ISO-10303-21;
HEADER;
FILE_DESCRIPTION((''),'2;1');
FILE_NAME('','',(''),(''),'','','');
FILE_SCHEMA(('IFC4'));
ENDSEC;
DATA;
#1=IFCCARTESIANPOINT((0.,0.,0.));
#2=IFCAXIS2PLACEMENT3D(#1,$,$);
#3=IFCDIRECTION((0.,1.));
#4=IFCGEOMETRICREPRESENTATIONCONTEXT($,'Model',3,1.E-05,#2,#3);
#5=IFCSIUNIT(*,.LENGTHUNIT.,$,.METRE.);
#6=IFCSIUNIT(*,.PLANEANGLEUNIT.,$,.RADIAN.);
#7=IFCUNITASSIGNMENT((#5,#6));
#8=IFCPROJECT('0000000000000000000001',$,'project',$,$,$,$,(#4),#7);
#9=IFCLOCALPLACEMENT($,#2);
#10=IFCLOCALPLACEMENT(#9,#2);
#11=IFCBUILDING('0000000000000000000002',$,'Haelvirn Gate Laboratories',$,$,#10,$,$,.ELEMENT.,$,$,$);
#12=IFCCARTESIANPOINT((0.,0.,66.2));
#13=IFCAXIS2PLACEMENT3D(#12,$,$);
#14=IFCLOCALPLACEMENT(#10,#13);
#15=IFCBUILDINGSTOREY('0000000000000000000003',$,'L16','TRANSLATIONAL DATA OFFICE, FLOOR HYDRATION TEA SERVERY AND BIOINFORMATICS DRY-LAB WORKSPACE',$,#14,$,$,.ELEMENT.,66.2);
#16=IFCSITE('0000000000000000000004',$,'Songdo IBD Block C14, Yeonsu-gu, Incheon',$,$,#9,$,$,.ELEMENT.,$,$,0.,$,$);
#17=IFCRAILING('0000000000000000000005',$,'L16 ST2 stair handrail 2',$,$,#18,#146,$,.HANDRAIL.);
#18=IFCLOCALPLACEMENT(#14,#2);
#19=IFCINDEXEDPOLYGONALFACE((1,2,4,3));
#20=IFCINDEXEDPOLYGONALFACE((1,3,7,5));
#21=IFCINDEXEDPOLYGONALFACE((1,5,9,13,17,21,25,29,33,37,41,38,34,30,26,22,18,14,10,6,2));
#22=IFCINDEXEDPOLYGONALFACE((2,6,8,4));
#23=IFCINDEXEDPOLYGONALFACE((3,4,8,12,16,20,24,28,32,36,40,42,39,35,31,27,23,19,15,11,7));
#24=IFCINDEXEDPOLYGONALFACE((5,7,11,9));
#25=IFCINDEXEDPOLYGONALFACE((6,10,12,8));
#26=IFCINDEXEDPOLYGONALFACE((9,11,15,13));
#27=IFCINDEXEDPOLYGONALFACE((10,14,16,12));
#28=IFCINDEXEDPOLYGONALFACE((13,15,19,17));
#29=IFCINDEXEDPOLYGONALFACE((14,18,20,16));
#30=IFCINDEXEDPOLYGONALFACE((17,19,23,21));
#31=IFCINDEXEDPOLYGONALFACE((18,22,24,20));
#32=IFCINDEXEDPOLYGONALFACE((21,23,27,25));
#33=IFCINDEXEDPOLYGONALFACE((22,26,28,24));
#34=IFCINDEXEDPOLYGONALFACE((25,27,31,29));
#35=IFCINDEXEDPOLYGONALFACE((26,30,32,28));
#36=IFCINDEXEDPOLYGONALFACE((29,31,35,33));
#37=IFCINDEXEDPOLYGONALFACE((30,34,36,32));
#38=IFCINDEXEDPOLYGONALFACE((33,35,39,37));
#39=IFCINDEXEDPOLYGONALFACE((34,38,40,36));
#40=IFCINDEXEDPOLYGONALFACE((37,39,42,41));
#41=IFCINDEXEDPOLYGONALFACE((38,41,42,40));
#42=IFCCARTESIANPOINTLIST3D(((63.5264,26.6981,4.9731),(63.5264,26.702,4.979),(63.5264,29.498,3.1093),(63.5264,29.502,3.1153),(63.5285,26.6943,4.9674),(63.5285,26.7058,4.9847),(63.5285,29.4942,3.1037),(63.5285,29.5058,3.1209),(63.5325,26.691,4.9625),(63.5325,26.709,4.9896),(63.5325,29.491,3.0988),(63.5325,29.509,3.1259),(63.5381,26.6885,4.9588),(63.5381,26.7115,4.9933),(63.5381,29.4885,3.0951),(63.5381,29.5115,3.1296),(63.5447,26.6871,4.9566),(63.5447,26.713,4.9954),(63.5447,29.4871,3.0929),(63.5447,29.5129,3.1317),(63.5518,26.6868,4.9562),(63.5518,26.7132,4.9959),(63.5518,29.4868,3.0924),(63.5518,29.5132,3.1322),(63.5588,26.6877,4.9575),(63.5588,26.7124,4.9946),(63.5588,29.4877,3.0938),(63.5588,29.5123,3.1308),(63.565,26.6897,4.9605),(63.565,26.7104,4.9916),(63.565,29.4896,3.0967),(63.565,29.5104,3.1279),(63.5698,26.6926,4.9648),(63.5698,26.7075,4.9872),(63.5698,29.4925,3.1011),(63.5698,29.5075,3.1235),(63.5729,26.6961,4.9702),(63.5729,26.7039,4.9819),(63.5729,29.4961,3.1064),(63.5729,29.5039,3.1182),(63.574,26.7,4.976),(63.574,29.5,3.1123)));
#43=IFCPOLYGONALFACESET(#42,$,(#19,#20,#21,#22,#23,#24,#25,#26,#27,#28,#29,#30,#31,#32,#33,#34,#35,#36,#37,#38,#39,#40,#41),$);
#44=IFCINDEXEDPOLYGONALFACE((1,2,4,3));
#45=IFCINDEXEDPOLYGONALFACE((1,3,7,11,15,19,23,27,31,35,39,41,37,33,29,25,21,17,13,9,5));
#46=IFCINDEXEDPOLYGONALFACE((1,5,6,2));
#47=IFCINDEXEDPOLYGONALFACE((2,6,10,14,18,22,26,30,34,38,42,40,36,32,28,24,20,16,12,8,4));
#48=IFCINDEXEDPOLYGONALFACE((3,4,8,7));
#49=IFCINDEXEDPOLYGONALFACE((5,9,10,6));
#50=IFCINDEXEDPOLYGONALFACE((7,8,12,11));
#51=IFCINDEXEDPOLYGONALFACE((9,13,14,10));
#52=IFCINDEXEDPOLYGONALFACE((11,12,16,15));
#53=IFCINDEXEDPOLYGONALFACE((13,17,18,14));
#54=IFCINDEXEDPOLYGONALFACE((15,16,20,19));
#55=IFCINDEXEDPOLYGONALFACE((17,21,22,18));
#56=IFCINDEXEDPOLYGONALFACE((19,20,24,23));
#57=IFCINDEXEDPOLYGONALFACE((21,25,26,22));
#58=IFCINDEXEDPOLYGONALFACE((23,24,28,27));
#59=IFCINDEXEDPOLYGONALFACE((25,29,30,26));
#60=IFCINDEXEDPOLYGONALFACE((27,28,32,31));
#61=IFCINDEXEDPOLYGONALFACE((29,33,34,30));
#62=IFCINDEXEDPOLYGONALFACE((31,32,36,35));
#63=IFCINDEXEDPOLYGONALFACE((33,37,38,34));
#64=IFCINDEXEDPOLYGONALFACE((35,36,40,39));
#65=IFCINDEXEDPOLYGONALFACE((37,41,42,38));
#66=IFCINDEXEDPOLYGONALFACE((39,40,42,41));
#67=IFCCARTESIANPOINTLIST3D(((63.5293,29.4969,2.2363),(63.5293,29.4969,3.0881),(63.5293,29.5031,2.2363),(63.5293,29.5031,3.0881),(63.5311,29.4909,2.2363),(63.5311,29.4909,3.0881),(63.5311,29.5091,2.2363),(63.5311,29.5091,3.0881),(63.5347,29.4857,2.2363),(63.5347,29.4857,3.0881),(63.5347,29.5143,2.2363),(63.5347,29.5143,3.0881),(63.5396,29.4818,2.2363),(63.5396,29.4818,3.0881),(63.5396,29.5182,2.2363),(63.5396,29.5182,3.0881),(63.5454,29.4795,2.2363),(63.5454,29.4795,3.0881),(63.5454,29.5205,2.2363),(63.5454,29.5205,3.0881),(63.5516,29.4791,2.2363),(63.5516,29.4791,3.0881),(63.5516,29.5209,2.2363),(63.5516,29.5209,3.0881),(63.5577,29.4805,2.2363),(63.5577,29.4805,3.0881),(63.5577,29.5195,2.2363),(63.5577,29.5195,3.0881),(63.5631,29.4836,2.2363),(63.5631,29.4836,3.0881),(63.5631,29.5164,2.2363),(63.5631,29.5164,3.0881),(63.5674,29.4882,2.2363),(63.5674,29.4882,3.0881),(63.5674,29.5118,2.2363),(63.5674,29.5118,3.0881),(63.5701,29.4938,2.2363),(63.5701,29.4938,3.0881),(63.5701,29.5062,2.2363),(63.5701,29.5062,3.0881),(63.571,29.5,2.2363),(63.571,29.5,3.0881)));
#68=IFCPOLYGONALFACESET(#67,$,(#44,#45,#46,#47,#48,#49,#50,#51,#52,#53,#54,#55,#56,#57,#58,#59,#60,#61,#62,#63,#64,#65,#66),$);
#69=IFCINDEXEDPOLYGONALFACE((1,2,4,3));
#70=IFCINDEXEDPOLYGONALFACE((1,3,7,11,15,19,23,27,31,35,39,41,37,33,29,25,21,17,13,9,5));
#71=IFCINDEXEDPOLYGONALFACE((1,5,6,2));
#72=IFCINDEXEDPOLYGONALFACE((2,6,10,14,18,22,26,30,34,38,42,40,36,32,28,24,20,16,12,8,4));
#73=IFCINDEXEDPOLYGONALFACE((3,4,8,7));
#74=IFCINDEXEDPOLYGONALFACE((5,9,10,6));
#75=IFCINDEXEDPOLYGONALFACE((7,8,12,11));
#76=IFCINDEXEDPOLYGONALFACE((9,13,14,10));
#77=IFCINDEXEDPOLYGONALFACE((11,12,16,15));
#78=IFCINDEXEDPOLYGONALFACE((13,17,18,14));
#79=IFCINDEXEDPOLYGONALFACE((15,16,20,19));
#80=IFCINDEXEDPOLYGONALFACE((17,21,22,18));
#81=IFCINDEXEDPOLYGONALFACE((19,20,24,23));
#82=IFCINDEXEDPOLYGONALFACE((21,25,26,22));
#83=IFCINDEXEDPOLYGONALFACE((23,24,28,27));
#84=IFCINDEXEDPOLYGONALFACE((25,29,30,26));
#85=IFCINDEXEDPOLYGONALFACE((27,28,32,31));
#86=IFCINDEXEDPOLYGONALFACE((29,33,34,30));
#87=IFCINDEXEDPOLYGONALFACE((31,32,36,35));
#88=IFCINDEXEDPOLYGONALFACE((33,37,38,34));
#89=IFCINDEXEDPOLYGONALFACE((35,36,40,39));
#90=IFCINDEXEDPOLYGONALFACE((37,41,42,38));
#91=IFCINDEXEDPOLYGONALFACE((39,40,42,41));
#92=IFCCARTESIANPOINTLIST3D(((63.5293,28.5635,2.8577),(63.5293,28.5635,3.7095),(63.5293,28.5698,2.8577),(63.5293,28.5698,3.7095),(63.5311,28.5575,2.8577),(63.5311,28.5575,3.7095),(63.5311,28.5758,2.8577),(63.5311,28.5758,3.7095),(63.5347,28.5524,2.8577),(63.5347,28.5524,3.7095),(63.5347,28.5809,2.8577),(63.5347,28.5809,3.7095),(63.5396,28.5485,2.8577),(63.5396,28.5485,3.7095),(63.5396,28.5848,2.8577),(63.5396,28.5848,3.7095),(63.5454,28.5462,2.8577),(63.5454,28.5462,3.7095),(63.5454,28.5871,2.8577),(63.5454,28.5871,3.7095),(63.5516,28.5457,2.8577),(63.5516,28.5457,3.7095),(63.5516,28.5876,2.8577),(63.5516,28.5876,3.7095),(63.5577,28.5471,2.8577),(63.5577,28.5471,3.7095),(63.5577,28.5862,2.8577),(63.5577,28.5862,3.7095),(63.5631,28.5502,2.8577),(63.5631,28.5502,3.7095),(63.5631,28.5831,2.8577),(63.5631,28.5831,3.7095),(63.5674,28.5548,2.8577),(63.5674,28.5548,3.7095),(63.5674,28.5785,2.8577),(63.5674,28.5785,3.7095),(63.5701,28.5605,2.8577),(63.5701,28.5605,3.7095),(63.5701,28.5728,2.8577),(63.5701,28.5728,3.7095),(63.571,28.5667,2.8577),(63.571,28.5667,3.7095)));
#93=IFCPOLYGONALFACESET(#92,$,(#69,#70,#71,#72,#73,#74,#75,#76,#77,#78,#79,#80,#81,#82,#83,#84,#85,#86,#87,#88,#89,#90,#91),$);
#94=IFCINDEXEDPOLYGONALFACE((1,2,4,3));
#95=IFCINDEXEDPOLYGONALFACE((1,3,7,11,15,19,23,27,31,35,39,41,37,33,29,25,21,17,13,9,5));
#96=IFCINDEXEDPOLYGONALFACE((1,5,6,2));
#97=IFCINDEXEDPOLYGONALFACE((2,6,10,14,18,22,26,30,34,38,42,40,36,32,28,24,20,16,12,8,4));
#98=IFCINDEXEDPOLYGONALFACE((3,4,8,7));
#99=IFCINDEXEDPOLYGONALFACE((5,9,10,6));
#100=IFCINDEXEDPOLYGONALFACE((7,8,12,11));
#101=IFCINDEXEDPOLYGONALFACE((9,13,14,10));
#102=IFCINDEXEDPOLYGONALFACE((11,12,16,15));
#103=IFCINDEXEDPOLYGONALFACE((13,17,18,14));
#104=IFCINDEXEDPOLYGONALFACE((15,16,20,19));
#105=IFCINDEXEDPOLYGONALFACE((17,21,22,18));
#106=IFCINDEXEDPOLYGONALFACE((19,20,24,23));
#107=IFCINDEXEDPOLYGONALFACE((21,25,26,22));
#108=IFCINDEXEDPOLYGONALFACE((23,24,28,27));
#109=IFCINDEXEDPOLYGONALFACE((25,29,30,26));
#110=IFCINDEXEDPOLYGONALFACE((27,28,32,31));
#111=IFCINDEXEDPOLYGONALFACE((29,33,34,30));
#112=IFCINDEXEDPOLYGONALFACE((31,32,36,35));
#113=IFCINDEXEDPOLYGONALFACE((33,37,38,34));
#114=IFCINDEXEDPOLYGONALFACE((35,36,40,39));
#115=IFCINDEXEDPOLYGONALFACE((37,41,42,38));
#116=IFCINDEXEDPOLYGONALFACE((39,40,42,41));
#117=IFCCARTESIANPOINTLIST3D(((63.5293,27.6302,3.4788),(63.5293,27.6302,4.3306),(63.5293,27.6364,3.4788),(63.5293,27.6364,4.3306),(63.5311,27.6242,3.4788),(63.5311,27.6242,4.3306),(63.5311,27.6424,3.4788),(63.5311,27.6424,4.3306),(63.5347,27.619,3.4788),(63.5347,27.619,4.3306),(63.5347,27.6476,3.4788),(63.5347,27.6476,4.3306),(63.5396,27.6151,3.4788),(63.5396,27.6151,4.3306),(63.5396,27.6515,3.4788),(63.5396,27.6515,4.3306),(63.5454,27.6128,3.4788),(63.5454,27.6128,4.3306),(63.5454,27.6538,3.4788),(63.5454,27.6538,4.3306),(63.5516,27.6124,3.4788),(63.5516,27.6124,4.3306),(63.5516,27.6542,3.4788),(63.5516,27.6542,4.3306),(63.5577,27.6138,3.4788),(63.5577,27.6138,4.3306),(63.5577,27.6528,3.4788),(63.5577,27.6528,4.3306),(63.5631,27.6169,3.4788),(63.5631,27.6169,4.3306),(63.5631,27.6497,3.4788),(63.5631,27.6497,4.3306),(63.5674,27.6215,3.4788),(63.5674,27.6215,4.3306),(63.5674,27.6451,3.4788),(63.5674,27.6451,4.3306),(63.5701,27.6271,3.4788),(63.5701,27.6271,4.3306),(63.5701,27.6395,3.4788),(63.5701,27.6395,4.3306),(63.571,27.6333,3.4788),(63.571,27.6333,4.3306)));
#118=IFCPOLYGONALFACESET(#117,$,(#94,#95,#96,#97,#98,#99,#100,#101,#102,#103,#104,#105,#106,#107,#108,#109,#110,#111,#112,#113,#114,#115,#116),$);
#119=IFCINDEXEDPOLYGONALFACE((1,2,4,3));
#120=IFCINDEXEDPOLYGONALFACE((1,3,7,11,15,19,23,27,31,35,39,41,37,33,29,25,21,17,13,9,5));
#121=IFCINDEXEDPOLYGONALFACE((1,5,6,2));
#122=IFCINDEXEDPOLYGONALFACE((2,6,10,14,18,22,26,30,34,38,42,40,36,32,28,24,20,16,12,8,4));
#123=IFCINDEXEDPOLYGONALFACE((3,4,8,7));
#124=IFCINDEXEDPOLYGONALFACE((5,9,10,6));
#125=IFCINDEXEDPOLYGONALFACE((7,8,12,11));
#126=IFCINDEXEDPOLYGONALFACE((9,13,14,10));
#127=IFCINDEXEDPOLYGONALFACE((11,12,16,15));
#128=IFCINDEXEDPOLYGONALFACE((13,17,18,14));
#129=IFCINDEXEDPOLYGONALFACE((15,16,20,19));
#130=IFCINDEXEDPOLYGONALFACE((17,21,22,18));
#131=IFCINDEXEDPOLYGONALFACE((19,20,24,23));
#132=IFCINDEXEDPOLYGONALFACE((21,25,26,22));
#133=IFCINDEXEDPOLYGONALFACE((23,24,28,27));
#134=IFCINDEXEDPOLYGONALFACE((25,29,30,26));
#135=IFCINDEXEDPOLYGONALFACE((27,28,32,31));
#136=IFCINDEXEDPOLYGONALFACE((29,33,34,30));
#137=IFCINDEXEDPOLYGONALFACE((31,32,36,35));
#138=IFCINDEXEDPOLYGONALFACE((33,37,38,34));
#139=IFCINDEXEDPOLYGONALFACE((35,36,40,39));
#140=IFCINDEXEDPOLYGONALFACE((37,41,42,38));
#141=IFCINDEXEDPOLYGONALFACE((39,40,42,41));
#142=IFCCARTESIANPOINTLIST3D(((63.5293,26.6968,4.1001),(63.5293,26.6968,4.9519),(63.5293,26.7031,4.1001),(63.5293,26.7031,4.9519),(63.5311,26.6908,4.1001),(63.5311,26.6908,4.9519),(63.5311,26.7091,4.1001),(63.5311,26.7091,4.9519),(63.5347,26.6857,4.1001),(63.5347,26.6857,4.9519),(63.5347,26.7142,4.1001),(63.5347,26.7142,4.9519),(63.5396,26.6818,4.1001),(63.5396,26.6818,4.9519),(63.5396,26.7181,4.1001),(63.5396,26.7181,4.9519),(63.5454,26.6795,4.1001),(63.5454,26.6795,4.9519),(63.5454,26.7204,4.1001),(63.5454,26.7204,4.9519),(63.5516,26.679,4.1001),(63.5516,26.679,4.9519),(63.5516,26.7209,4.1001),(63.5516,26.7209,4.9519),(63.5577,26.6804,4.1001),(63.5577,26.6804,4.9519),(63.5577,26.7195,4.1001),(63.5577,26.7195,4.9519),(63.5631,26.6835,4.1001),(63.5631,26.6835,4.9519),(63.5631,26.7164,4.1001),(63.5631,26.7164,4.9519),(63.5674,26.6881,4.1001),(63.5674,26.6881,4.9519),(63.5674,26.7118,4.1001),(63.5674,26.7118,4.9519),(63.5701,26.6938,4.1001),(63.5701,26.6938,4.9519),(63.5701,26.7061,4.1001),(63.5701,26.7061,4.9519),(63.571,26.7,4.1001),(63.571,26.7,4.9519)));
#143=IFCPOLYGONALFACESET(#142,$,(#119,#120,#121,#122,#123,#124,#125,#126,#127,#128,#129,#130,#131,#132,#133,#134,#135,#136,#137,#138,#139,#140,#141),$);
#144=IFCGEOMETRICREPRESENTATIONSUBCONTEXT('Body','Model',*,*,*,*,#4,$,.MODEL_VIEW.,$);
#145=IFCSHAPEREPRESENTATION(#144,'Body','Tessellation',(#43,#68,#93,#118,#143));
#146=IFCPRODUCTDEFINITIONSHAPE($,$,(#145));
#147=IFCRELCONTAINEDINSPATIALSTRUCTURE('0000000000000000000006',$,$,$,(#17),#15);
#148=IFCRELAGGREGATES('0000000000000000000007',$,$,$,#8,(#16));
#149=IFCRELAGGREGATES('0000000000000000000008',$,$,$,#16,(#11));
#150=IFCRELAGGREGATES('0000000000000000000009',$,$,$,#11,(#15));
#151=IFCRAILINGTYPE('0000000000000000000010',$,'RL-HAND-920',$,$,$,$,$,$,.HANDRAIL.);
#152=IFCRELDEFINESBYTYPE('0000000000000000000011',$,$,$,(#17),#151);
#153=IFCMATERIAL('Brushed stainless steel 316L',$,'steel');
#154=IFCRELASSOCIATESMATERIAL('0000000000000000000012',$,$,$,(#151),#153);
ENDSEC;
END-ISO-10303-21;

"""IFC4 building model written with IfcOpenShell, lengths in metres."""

from ifc_helpers import new_model, si_unit, direction, frame, origin, origin_2d, place, context, subcontext, project, spatial, circle, extrude, source, transform, mapped, material, type_object, element, save


model = new_model("IFC4")

# Units and contexts
model_context = context("Model", 3, precision=1e-05, world=origin(), true_north=direction((0.0, 1.0)))
body_context = subcontext(model_context, "Body", "Model", "MODEL_VIEW")
ifc_project = project(units=[si_unit("LENGTHUNIT", "METRE"), si_unit("PLANEANGLEUNIT", "RADIAN")], contexts=[model_context])

# Site, building, storey
site_placement = place(None, origin())
site = spatial("IfcSite", under=ifc_project, at=site_placement, Name="Songdo IBD Block C14, Yeonsu-gu, Incheon", CompositionType="ELEMENT", RefElevation=0.0)
building_placement = place(site_placement, origin())
building = spatial("IfcBuilding", under=site, at=building_placement, Name="Haelvirn Gate Laboratories", CompositionType="ELEMENT")
storey_placement = place(building_placement, frame((0.0, 0.0, 66.2)))
storey = spatial("IfcBuildingStorey", under=building, at=storey_placement, Name="L16", Description="TRANSLATIONAL DATA OFFICE, FLOOR HYDRATION TEA SERVERY AND BIOINFORMATICS DRY-LAB WORKSPACE", CompositionType="ELEMENT", Elevation=66.2)

# Railing
ifc_material_1 = material(Name="Brushed stainless steel 316L", Category="steel")
railing_type_1 = type_object("IfcRailingType", Name="RL-HAND-920", PredefinedType="HANDRAIL", material=ifc_material_1)
shared_shape_1 = source(origin(), body_context, "Body", "SweptSolid", [
    extrude(circle(Radius=0.0239, at=origin_2d()), frame((0.0, 0.0, 0.876), z_axis=(0.0, -0.832452, 0.554097), x_axis=(1.0, 0.0, 0.0)), (0.0, 0.0, 1.0), 3.3635),
    extrude(circle(Radius=0.021, at=origin_2d()), origin(), (0.0, 0.0, 1.0), 0.8518),
    extrude(circle(Radius=0.021, at=origin_2d()), frame((0.0, -0.9333, 0.6213)), (0.0, 0.0, 1.0), 0.8518),
    extrude(circle(Radius=0.021, at=origin_2d()), frame((0.0, -1.8667, 1.2424)), (0.0, 0.0, 1.0), 0.8518),
    extrude(circle(Radius=0.021, at=origin_2d()), frame((0.0, -2.8, 1.8638)), (0.0, 0.0, 1.0), 0.8518),
])
railing_1_placement = place(storey_placement, frame((63.55, 29.5, 2.2363)))
element("IfcRailing", 1, at=railing_1_placement, inside=storey, type_object=railing_type_1, Name="L16 ST2 stair handrail 2", PredefinedType="HANDRAIL", context=body_context, shape_type="MappedRepresentation", body=[
    mapped(shared_shape_1, transform((0.0, 0.0, 0.0), scale=1.0)),
])

save(model, "model.ifc")
